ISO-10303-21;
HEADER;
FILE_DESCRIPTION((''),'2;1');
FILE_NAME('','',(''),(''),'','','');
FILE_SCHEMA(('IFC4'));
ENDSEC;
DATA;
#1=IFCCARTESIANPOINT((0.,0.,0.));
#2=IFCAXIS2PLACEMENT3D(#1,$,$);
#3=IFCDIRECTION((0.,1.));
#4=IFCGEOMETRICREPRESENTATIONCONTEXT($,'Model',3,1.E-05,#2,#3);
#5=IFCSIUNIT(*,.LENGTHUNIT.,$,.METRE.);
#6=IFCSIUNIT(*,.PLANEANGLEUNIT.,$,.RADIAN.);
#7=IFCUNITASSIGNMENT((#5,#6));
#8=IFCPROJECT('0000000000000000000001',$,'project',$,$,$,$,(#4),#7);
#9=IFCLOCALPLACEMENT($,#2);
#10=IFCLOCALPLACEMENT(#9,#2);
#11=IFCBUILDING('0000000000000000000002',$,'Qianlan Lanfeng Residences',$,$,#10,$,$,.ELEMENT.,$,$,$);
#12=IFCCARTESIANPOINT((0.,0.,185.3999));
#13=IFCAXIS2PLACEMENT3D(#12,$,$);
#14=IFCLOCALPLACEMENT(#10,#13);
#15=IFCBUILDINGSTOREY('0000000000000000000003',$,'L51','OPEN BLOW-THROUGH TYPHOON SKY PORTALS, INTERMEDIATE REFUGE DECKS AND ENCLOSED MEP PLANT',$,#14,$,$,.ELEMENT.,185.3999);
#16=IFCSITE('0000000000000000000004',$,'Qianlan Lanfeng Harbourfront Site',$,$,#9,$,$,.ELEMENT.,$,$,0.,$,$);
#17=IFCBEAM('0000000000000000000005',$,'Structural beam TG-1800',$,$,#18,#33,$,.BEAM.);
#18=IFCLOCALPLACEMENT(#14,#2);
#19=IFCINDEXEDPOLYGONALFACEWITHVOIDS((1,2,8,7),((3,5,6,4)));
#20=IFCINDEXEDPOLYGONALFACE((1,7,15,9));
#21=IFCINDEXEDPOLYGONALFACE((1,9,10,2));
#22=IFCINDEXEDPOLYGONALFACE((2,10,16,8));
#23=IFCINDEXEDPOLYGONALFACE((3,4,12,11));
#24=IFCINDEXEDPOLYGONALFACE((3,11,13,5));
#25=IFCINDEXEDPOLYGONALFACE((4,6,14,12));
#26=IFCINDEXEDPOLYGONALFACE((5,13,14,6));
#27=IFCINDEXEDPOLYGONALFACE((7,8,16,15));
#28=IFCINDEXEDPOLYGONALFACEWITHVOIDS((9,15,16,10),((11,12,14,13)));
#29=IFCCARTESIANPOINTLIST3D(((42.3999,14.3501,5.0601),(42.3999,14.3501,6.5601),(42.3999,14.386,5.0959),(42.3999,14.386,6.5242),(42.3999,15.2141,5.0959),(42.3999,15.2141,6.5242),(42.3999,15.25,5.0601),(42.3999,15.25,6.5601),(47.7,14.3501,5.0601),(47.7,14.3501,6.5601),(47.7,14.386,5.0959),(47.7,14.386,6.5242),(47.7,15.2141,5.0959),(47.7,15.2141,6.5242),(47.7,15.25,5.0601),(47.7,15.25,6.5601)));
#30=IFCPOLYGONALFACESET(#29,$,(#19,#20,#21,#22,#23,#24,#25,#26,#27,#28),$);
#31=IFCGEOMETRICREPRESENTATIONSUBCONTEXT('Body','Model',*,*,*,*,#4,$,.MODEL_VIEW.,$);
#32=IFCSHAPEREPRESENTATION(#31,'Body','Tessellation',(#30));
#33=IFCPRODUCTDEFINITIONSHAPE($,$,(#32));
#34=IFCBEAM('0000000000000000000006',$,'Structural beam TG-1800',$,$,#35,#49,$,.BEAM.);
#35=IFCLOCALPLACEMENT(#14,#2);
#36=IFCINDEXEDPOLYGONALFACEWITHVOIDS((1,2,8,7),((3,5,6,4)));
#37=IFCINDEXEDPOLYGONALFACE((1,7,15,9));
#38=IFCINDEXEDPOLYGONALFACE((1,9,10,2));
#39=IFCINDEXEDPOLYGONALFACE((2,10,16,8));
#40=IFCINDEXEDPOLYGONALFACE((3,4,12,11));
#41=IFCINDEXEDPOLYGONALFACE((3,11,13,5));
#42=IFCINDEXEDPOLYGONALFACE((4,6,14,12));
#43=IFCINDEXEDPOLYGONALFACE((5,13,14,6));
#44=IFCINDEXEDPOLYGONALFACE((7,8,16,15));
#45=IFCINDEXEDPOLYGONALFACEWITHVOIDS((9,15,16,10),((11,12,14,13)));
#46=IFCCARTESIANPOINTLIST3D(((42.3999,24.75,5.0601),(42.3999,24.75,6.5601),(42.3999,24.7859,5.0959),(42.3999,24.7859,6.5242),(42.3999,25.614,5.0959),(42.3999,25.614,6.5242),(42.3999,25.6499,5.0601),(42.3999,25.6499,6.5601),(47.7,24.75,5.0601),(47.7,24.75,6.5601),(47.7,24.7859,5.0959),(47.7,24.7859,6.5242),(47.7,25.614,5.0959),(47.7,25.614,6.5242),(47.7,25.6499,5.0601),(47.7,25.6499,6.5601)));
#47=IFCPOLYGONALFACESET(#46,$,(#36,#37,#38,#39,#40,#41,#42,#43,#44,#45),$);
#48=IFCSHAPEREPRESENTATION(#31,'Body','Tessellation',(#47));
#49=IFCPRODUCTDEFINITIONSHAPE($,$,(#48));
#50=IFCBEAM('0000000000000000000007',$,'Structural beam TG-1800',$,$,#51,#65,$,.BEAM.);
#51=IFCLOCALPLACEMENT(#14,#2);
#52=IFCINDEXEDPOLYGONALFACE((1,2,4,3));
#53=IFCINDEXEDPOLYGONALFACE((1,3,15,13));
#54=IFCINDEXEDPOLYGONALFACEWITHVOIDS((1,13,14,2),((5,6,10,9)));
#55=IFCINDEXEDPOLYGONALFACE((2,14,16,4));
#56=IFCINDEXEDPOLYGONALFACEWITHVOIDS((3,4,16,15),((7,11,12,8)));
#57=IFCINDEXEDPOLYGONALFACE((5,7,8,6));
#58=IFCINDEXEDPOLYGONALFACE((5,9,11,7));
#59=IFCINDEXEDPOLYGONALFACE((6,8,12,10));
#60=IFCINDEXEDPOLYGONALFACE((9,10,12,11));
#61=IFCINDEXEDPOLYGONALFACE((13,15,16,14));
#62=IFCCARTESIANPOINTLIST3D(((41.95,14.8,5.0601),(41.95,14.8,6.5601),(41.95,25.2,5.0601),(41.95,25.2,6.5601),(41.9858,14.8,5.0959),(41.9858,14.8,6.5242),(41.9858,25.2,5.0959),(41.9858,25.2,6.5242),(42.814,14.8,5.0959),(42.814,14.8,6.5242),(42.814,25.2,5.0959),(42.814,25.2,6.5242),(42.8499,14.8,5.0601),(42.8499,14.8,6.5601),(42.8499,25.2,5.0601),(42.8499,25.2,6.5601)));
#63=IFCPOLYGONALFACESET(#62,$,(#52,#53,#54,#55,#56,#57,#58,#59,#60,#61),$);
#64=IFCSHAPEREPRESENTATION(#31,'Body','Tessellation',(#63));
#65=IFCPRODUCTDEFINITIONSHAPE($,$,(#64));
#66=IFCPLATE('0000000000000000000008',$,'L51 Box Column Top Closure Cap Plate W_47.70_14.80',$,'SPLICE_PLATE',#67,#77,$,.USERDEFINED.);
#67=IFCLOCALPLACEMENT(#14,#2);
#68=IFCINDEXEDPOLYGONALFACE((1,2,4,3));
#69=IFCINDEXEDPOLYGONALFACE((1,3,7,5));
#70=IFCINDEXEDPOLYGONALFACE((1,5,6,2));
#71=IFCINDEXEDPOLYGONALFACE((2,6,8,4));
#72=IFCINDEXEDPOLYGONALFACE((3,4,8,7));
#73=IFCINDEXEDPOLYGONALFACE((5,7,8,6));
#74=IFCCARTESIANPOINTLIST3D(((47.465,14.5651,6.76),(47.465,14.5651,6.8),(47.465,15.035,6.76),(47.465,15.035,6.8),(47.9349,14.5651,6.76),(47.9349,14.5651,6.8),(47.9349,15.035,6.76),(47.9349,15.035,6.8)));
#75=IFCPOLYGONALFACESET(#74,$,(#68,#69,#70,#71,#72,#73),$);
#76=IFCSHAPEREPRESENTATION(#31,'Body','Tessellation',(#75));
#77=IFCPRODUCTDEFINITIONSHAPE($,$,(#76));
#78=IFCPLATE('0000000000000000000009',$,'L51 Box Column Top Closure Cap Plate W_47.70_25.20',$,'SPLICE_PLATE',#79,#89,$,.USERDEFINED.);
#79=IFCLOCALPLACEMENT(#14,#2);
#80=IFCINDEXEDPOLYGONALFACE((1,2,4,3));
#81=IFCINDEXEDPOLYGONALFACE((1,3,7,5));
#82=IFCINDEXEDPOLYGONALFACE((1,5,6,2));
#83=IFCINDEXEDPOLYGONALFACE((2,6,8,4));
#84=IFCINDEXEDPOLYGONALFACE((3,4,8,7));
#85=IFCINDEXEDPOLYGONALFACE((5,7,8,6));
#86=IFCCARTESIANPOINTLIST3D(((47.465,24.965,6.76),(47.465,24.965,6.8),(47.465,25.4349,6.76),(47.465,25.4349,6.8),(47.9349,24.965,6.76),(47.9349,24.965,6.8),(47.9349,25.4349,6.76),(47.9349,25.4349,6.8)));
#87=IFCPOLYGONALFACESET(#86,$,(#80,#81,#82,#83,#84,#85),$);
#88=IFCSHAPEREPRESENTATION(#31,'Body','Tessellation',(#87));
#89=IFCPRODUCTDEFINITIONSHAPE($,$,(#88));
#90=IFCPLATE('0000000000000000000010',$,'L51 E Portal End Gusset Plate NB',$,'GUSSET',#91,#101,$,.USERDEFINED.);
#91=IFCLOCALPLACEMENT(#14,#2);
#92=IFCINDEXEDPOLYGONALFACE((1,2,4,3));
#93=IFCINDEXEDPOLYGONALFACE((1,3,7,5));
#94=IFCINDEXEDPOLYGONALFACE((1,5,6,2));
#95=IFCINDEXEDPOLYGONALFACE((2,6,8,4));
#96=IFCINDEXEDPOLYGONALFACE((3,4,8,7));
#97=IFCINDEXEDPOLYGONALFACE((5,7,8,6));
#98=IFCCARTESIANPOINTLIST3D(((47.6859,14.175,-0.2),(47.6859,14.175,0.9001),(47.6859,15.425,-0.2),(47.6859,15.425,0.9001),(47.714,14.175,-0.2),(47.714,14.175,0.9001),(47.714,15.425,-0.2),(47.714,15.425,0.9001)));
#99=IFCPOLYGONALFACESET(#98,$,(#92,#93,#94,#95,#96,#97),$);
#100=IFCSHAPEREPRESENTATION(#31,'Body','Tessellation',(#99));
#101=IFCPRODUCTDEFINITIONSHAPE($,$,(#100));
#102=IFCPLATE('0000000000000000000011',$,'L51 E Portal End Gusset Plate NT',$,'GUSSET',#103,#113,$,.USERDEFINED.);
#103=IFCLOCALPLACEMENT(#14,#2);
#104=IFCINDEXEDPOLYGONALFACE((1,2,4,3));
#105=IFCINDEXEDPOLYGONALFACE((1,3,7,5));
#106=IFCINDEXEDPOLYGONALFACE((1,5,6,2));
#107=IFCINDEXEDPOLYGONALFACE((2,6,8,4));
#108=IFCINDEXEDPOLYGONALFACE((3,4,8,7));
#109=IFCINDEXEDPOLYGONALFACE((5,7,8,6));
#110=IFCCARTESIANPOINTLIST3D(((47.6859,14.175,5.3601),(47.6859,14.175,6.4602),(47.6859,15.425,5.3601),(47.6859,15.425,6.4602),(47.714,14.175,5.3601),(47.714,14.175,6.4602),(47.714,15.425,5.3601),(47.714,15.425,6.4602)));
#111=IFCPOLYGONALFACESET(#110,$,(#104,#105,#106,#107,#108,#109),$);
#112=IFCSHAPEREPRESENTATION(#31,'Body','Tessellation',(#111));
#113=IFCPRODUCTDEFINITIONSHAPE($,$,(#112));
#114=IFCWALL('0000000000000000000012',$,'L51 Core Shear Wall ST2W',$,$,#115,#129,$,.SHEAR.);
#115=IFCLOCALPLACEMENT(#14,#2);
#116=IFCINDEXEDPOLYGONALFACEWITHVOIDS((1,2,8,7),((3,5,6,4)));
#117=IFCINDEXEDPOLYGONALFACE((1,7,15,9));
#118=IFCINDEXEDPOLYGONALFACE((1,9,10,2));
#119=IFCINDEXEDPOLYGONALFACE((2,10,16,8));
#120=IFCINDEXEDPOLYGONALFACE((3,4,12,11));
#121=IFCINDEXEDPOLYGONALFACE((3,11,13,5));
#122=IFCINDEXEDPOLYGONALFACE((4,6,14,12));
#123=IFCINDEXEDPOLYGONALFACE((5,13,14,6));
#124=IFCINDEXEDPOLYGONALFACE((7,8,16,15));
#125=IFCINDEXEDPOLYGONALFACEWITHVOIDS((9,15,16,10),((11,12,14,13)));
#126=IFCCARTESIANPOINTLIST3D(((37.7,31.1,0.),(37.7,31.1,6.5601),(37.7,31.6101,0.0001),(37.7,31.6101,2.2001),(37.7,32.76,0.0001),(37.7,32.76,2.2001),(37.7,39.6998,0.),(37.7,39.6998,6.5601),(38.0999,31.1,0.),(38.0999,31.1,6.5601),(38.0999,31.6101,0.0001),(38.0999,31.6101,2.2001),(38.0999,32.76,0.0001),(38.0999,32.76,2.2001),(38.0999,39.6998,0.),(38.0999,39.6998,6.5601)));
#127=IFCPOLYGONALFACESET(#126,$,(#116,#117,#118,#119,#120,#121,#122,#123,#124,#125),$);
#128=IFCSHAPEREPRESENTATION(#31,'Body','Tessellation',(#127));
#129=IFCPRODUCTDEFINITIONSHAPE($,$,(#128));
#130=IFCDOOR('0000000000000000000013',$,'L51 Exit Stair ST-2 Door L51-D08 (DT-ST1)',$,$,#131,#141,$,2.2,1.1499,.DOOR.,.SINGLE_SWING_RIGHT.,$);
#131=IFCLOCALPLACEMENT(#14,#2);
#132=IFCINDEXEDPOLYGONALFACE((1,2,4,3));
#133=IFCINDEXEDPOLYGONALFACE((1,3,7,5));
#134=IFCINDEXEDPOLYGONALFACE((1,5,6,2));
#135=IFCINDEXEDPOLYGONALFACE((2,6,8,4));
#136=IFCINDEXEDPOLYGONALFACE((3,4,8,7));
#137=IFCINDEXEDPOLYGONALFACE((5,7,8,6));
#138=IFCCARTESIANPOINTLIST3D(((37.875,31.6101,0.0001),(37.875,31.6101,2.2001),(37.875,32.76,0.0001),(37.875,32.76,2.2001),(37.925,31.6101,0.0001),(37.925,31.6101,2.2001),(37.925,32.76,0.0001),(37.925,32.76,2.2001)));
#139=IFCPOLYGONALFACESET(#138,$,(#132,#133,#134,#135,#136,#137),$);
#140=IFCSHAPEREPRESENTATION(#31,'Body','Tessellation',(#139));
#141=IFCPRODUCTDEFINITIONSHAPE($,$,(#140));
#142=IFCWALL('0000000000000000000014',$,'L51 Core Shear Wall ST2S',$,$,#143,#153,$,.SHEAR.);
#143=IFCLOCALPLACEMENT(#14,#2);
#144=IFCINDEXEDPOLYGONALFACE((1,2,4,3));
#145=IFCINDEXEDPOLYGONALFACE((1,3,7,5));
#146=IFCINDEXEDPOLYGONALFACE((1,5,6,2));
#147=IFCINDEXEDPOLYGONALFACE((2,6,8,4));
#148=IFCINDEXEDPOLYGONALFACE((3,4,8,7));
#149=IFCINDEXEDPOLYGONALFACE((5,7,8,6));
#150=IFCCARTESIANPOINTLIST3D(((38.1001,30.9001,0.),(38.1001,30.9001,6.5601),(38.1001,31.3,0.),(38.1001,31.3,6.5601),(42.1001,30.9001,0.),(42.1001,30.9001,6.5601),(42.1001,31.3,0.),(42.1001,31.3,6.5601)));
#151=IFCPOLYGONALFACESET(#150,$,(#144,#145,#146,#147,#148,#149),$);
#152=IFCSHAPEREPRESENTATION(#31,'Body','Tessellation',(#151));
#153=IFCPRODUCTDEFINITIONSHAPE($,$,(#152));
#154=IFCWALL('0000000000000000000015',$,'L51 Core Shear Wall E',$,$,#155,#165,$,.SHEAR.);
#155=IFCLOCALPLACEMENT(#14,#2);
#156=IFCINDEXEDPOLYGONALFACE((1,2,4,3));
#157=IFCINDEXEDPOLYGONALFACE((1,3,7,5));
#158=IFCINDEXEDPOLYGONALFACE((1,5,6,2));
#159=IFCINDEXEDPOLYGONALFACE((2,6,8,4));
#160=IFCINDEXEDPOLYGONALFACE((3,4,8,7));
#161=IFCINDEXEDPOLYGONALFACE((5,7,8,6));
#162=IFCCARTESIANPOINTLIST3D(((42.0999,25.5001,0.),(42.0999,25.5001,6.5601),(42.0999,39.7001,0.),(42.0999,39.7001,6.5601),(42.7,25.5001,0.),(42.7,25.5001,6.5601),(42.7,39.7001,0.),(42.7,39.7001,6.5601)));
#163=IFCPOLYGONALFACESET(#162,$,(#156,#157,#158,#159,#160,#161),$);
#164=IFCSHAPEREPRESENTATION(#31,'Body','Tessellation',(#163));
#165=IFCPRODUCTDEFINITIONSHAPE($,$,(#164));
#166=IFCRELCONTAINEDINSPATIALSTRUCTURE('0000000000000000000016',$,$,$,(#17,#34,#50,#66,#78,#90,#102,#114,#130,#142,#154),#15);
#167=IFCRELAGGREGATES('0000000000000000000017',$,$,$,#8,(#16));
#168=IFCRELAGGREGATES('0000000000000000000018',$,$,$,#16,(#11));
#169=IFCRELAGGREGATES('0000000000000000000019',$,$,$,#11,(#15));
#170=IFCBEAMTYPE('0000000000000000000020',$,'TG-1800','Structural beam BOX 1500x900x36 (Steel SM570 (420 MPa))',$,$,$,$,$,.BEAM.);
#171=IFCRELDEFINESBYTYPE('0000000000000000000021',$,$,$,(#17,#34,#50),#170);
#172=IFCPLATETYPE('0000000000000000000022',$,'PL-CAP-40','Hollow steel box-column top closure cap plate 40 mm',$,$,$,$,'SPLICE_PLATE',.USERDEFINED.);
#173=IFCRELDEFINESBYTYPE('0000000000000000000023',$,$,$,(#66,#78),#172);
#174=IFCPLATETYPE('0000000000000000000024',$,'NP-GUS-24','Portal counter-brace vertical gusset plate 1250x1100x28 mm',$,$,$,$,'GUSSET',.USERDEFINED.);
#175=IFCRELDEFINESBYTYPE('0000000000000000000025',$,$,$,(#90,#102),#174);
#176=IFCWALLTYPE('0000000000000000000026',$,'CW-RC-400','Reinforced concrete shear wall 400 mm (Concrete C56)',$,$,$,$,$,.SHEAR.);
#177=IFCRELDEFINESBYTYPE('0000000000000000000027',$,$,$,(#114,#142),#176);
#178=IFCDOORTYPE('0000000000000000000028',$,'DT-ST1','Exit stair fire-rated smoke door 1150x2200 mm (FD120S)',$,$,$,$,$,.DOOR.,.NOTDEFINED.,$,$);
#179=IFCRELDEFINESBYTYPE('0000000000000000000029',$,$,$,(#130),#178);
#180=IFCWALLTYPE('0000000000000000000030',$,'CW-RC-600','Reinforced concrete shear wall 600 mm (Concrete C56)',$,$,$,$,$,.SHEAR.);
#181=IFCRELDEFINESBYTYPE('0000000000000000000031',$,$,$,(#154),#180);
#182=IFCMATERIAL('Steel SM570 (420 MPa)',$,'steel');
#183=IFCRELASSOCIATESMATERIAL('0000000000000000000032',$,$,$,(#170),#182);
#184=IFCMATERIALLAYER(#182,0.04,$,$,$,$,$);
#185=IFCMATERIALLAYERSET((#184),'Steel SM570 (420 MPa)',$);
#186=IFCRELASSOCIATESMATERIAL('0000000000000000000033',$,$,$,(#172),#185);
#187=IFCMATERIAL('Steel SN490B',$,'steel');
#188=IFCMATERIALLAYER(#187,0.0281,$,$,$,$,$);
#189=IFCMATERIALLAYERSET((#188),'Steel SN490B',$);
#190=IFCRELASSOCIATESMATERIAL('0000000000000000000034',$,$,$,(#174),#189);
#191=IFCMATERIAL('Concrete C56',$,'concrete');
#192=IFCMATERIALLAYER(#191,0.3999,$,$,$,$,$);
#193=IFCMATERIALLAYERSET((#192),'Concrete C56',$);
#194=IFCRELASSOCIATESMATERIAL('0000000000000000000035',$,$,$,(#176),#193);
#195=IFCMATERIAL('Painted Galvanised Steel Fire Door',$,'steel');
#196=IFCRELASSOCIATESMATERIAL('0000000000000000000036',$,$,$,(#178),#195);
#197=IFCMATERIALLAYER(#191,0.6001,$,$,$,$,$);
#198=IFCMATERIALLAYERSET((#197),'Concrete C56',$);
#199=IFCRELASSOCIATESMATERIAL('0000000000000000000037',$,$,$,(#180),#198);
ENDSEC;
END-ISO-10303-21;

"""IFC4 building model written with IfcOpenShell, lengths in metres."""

from ifc_helpers import new_model, si_unit, direction, frame, frame_2d, origin, origin_2d, place, context, subcontext, project, spatial, rectangle, hollow_rectangle, extrude, source, transform, mapped, material, layer, layer_set, material_profile, profile_set, type_object, element, fill, save


model = new_model("IFC4")

# Units and contexts
model_context = context("Model", 3, precision=1e-05, world=origin(), true_north=direction((0.0, 1.0)))
body_context = subcontext(model_context, "Body", "Model", "MODEL_VIEW")
ifc_project = project(units=[si_unit("LENGTHUNIT", "METRE"), si_unit("PLANEANGLEUNIT", "RADIAN")], contexts=[model_context])

# Site, building, storey
site_placement = place(None, origin())
site = spatial("IfcSite", under=ifc_project, at=site_placement, Name="Qianlan Lanfeng Harbourfront Site", CompositionType="ELEMENT", RefElevation=0.0)
building_placement = place(site_placement, origin())
building = spatial("IfcBuilding", under=site, at=building_placement, Name="Qianlan Lanfeng Residences", CompositionType="ELEMENT")
storey_placement = place(building_placement, frame((0.0, 0.0, 185.3999)))
storey = spatial("IfcBuildingStorey", under=building, at=storey_placement, Name="L51", Description="OPEN BLOW-THROUGH TYPHOON SKY PORTALS, INTERMEDIATE REFUGE DECKS AND ENCLOSED MEP PLANT", CompositionType="ELEMENT", Elevation=185.3999)

# Shared definitions
ifc_material_1 = material(Name="Steel SN490B", Category="steel")

# Beams
ifc_material_2 = material(Name="Steel SM570 (420 MPa)", Category="steel")
ifc_material_profile_1 = material_profile(ifc_material_2, hollow_rectangle(XDim=0.8999, YDim=1.5, WallThickness=0.0359, at=origin_2d()), Name="BOX 1500x900x36")
ifc_profile_set_1 = profile_set([ifc_material_profile_1], Name="Steel SM570 (420 MPa)")
beam_type_1 = type_object("IfcBeamType", Name="TG-1800", Description="Structural beam BOX 1500x900x36 (Steel SM570 (420 MPa))", PredefinedType="BEAM", material=ifc_profile_set_1)
for number, where, z_axis, x_axis, name in (
    (1, (42.3999, 14.8, 5.8101), (1.0, 0.0, 0.0), (0.0, 1.0, 0.0), "Structural beam TG-1800"),
    (2, (42.3999, 25.2, 5.8101), (1.0, 0.0, 0.0), (0.0, 1.0, 0.0), "Structural beam TG-1800"),
):
    element("IfcBeam", number, at=place(storey_placement, frame(where, z_axis=z_axis, x_axis=x_axis)), inside=storey, type_object=beam_type_1, Name=name, PredefinedType="BEAM", context=body_context, shape_type="SweptSolid", body=[
        extrude(hollow_rectangle(XDim=0.8999, YDim=1.5, WallThickness=0.0359, at=origin_2d()), origin(), (0.0, 0.0, 1.0), 5.3),
    ])
beam_1_placement = place(storey_placement, frame((42.3999, 14.8, 5.8101), z_axis=(0.0, 1.0, 0.0), x_axis=(-1.0, 0.0, 0.0)))
element("IfcBeam", 3, at=beam_1_placement, inside=storey, type_object=beam_type_1, Name="Structural beam TG-1800", PredefinedType="BEAM", context=body_context, shape_type="SweptSolid", body=[
    extrude(hollow_rectangle(XDim=0.8999, YDim=1.5, WallThickness=0.0359, at=origin_2d()), origin(), (0.0, 0.0, 1.0), 10.3999),
])

# Plates
ifc_layer_1 = layer(ifc_material_2, 0.04)
ifc_layer_set_1 = layer_set([ifc_layer_1], Name="Steel SM570 (420 MPa)")
plate_type_1 = type_object("IfcPlateType", Name="PL-CAP-40", Description="Hollow steel box-column top closure cap plate 40 mm", ElementType="SPLICE_PLATE", PredefinedType="USERDEFINED", material=ifc_layer_set_1)
shared_shape_1 = source(origin(), body_context, "Body", "SweptSolid", [
    extrude(rectangle(XDim=0.47, YDim=0.47, at=origin_2d()), origin(), (0.0, 0.0, 1.0), 0.04),
])
for number, where, z_axis, x_axis, name in (
    (4, (47.7, 14.8, 6.76), (0.0, 0.0, 1.0), (1.0, 0.0, 0.0), "L51 Box Column Top Closure Cap Plate W_47.70_14.80"),
    (5, (47.7, 25.2, 6.76), (0.0, 0.0, 1.0), (1.0, 0.0, 0.0), "L51 Box Column Top Closure Cap Plate W_47.70_25.20"),
):
    element("IfcPlate", number, at=place(storey_placement, frame(where, z_axis=z_axis, x_axis=x_axis)), inside=storey, type_object=plate_type_1, Name=name, ObjectType="SPLICE_PLATE", PredefinedType="USERDEFINED", context=body_context, shape_type="MappedRepresentation", body=[
        mapped(shared_shape_1, transform((0.0, 0.0, 0.0), scale=1.0)),
    ])
ifc_layer_2 = layer(ifc_material_1, 0.0281)
ifc_layer_set_2 = layer_set([ifc_layer_2], Name="Steel SN490B")
plate_type_2 = type_object("IfcPlateType", Name="NP-GUS-24", Description="Portal counter-brace vertical gusset plate 1250x1100x28 mm", ElementType="GUSSET", PredefinedType="USERDEFINED", material=ifc_layer_set_2)
shared_shape_2 = source(origin(), body_context, "Body", "SweptSolid", [
    extrude(rectangle(XDim=0.0281, YDim=1.25, at=origin_2d()), origin(), (0.0, 0.0, 1.0), 1.1001),
])
for number, where, z_axis, x_axis, name in (
    (6, (47.7, 14.8, -0.2), (0.0, 0.0, 1.0), (1.0, 0.0, 0.0), "L51 E Portal End Gusset Plate NB"),
    (7, (47.7, 14.8, 5.3601), (0.0, 0.0, 1.0), (1.0, 0.0, 0.0), "L51 E Portal End Gusset Plate NT"),
):
    element("IfcPlate", number, at=place(storey_placement, frame(where, z_axis=z_axis, x_axis=x_axis)), inside=storey, type_object=plate_type_2, Name=name, ObjectType="GUSSET", PredefinedType="USERDEFINED", context=body_context, shape_type="MappedRepresentation", body=[
        mapped(shared_shape_2, transform((0.0, 0.0, 0.0), scale=1.0)),
    ])

# Wall, opening, door
ifc_material_3 = material(Name="Concrete C56", Category="concrete")
ifc_layer_3 = layer(ifc_material_3, 0.3999)
ifc_layer_set_3 = layer_set([ifc_layer_3], Name="Concrete C56")
wall_type_1 = type_object("IfcWallType", Name="CW-RC-400", Description="Reinforced concrete shear wall 400 mm (Concrete C56)", PredefinedType="SHEAR", material=ifc_layer_set_3)
wall_1_placement = place(storey_placement, frame((37.8999, 31.1001, 0.0), z_axis=(0.0, 0.0, 1.0), x_axis=(0.0, 1.0, 0.0)))
wall_1 = element("IfcWall", 8, at=wall_1_placement, inside=storey, type_object=wall_type_1, Name="L51 Core Shear Wall ST2W", PredefinedType="SHEAR", context=body_context, shape_type="SweptSolid", body=[
    extrude(rectangle(XDim=8.5999, YDim=0.3999, at=frame_2d((4.2998, 0.0))), origin(), (0.0, 0.0, 1.0), 6.5601),
])
opening_1_placement = place(wall_1_placement, frame((0.51, 0.0, 0.0)))
opening_1 = element("IfcOpeningElement", 9, at=opening_1_placement, cuts=wall_1, PredefinedType="OPENING", context=body_context, shape_type="SweptSolid", body=[
    extrude(rectangle(XDim=1.1499, YDim=2.2, at=frame_2d((0.575, 1.1001))), frame((0.0, 0.21, 0.0), z_axis=(0.0, -1.0, 0.0), x_axis=(1.0, 0.0, 0.0)), (0.0, 0.0, 1.0), 0.4199),
])
ifc_material_4 = material(Name="Painted Galvanised Steel Fire Door", Category="steel")
door_type_1 = type_object("IfcDoorType", Name="DT-ST1", Description="Exit stair fire-rated smoke door 1150x2200 mm (FD120S)", OperationType="NOTDEFINED", PredefinedType="DOOR", material=ifc_material_4)
door_1_placement = place(opening_1_placement, origin())
door_1 = element("IfcDoor", 10, at=door_1_placement, inside=storey, type_object=door_type_1, Name="L51 Exit Stair ST-2 Door L51-D08 (DT-ST1)", OperationType="SINGLE_SWING_RIGHT", OverallHeight=2.2, OverallWidth=1.1499, PredefinedType="DOOR", context=body_context, shape_type="SweptSolid", body=[
    extrude(rectangle(XDim=1.1499, YDim=2.2, at=frame_2d((0.575, 1.1001))), frame((0.0, 0.0249, 0.0), z_axis=(0.0, -1.0, 0.0), x_axis=(1.0, 0.0, 0.0)), (0.0, 0.0, 1.0), 0.05),
])
fill(opening_1, door_1)

# Walls
wall_2_placement = place(storey_placement, frame((38.1001, 31.1001, 0.0), z_axis=(0.0, 0.0, 1.0), x_axis=(1.0, 0.0, 0.0)))
element("IfcWall", 11, at=wall_2_placement, inside=storey, type_object=wall_type_1, Name="L51 Core Shear Wall ST2S", PredefinedType="SHEAR", context=body_context, shape_type="SweptSolid", body=[
    extrude(rectangle(XDim=4.0, YDim=0.3999, at=frame_2d((2.0, 0.0))), origin(), (0.0, 0.0, 1.0), 6.5601),
])
ifc_layer_4 = layer(ifc_material_3, 0.6001)
ifc_layer_set_4 = layer_set([ifc_layer_4], Name="Concrete C56")
wall_type_2 = type_object("IfcWallType", Name="CW-RC-600", Description="Reinforced concrete shear wall 600 mm (Concrete C56)", PredefinedType="SHEAR", material=ifc_layer_set_4)
wall_3_placement = place(storey_placement, frame((42.3999, 25.5, 0.0), z_axis=(0.0, 0.0, 1.0), x_axis=(0.0, 1.0, 0.0)))
element("IfcWall", 12, at=wall_3_placement, inside=storey, type_object=wall_type_2, Name="L51 Core Shear Wall E", PredefinedType="SHEAR", context=body_context, shape_type="SweptSolid", body=[
    extrude(rectangle(XDim=14.2, YDim=0.6001, at=frame_2d((7.1001, 0.0))), origin(), (0.0, 0.0, 1.0), 6.5601),
])

save(model, "model.ifc")
